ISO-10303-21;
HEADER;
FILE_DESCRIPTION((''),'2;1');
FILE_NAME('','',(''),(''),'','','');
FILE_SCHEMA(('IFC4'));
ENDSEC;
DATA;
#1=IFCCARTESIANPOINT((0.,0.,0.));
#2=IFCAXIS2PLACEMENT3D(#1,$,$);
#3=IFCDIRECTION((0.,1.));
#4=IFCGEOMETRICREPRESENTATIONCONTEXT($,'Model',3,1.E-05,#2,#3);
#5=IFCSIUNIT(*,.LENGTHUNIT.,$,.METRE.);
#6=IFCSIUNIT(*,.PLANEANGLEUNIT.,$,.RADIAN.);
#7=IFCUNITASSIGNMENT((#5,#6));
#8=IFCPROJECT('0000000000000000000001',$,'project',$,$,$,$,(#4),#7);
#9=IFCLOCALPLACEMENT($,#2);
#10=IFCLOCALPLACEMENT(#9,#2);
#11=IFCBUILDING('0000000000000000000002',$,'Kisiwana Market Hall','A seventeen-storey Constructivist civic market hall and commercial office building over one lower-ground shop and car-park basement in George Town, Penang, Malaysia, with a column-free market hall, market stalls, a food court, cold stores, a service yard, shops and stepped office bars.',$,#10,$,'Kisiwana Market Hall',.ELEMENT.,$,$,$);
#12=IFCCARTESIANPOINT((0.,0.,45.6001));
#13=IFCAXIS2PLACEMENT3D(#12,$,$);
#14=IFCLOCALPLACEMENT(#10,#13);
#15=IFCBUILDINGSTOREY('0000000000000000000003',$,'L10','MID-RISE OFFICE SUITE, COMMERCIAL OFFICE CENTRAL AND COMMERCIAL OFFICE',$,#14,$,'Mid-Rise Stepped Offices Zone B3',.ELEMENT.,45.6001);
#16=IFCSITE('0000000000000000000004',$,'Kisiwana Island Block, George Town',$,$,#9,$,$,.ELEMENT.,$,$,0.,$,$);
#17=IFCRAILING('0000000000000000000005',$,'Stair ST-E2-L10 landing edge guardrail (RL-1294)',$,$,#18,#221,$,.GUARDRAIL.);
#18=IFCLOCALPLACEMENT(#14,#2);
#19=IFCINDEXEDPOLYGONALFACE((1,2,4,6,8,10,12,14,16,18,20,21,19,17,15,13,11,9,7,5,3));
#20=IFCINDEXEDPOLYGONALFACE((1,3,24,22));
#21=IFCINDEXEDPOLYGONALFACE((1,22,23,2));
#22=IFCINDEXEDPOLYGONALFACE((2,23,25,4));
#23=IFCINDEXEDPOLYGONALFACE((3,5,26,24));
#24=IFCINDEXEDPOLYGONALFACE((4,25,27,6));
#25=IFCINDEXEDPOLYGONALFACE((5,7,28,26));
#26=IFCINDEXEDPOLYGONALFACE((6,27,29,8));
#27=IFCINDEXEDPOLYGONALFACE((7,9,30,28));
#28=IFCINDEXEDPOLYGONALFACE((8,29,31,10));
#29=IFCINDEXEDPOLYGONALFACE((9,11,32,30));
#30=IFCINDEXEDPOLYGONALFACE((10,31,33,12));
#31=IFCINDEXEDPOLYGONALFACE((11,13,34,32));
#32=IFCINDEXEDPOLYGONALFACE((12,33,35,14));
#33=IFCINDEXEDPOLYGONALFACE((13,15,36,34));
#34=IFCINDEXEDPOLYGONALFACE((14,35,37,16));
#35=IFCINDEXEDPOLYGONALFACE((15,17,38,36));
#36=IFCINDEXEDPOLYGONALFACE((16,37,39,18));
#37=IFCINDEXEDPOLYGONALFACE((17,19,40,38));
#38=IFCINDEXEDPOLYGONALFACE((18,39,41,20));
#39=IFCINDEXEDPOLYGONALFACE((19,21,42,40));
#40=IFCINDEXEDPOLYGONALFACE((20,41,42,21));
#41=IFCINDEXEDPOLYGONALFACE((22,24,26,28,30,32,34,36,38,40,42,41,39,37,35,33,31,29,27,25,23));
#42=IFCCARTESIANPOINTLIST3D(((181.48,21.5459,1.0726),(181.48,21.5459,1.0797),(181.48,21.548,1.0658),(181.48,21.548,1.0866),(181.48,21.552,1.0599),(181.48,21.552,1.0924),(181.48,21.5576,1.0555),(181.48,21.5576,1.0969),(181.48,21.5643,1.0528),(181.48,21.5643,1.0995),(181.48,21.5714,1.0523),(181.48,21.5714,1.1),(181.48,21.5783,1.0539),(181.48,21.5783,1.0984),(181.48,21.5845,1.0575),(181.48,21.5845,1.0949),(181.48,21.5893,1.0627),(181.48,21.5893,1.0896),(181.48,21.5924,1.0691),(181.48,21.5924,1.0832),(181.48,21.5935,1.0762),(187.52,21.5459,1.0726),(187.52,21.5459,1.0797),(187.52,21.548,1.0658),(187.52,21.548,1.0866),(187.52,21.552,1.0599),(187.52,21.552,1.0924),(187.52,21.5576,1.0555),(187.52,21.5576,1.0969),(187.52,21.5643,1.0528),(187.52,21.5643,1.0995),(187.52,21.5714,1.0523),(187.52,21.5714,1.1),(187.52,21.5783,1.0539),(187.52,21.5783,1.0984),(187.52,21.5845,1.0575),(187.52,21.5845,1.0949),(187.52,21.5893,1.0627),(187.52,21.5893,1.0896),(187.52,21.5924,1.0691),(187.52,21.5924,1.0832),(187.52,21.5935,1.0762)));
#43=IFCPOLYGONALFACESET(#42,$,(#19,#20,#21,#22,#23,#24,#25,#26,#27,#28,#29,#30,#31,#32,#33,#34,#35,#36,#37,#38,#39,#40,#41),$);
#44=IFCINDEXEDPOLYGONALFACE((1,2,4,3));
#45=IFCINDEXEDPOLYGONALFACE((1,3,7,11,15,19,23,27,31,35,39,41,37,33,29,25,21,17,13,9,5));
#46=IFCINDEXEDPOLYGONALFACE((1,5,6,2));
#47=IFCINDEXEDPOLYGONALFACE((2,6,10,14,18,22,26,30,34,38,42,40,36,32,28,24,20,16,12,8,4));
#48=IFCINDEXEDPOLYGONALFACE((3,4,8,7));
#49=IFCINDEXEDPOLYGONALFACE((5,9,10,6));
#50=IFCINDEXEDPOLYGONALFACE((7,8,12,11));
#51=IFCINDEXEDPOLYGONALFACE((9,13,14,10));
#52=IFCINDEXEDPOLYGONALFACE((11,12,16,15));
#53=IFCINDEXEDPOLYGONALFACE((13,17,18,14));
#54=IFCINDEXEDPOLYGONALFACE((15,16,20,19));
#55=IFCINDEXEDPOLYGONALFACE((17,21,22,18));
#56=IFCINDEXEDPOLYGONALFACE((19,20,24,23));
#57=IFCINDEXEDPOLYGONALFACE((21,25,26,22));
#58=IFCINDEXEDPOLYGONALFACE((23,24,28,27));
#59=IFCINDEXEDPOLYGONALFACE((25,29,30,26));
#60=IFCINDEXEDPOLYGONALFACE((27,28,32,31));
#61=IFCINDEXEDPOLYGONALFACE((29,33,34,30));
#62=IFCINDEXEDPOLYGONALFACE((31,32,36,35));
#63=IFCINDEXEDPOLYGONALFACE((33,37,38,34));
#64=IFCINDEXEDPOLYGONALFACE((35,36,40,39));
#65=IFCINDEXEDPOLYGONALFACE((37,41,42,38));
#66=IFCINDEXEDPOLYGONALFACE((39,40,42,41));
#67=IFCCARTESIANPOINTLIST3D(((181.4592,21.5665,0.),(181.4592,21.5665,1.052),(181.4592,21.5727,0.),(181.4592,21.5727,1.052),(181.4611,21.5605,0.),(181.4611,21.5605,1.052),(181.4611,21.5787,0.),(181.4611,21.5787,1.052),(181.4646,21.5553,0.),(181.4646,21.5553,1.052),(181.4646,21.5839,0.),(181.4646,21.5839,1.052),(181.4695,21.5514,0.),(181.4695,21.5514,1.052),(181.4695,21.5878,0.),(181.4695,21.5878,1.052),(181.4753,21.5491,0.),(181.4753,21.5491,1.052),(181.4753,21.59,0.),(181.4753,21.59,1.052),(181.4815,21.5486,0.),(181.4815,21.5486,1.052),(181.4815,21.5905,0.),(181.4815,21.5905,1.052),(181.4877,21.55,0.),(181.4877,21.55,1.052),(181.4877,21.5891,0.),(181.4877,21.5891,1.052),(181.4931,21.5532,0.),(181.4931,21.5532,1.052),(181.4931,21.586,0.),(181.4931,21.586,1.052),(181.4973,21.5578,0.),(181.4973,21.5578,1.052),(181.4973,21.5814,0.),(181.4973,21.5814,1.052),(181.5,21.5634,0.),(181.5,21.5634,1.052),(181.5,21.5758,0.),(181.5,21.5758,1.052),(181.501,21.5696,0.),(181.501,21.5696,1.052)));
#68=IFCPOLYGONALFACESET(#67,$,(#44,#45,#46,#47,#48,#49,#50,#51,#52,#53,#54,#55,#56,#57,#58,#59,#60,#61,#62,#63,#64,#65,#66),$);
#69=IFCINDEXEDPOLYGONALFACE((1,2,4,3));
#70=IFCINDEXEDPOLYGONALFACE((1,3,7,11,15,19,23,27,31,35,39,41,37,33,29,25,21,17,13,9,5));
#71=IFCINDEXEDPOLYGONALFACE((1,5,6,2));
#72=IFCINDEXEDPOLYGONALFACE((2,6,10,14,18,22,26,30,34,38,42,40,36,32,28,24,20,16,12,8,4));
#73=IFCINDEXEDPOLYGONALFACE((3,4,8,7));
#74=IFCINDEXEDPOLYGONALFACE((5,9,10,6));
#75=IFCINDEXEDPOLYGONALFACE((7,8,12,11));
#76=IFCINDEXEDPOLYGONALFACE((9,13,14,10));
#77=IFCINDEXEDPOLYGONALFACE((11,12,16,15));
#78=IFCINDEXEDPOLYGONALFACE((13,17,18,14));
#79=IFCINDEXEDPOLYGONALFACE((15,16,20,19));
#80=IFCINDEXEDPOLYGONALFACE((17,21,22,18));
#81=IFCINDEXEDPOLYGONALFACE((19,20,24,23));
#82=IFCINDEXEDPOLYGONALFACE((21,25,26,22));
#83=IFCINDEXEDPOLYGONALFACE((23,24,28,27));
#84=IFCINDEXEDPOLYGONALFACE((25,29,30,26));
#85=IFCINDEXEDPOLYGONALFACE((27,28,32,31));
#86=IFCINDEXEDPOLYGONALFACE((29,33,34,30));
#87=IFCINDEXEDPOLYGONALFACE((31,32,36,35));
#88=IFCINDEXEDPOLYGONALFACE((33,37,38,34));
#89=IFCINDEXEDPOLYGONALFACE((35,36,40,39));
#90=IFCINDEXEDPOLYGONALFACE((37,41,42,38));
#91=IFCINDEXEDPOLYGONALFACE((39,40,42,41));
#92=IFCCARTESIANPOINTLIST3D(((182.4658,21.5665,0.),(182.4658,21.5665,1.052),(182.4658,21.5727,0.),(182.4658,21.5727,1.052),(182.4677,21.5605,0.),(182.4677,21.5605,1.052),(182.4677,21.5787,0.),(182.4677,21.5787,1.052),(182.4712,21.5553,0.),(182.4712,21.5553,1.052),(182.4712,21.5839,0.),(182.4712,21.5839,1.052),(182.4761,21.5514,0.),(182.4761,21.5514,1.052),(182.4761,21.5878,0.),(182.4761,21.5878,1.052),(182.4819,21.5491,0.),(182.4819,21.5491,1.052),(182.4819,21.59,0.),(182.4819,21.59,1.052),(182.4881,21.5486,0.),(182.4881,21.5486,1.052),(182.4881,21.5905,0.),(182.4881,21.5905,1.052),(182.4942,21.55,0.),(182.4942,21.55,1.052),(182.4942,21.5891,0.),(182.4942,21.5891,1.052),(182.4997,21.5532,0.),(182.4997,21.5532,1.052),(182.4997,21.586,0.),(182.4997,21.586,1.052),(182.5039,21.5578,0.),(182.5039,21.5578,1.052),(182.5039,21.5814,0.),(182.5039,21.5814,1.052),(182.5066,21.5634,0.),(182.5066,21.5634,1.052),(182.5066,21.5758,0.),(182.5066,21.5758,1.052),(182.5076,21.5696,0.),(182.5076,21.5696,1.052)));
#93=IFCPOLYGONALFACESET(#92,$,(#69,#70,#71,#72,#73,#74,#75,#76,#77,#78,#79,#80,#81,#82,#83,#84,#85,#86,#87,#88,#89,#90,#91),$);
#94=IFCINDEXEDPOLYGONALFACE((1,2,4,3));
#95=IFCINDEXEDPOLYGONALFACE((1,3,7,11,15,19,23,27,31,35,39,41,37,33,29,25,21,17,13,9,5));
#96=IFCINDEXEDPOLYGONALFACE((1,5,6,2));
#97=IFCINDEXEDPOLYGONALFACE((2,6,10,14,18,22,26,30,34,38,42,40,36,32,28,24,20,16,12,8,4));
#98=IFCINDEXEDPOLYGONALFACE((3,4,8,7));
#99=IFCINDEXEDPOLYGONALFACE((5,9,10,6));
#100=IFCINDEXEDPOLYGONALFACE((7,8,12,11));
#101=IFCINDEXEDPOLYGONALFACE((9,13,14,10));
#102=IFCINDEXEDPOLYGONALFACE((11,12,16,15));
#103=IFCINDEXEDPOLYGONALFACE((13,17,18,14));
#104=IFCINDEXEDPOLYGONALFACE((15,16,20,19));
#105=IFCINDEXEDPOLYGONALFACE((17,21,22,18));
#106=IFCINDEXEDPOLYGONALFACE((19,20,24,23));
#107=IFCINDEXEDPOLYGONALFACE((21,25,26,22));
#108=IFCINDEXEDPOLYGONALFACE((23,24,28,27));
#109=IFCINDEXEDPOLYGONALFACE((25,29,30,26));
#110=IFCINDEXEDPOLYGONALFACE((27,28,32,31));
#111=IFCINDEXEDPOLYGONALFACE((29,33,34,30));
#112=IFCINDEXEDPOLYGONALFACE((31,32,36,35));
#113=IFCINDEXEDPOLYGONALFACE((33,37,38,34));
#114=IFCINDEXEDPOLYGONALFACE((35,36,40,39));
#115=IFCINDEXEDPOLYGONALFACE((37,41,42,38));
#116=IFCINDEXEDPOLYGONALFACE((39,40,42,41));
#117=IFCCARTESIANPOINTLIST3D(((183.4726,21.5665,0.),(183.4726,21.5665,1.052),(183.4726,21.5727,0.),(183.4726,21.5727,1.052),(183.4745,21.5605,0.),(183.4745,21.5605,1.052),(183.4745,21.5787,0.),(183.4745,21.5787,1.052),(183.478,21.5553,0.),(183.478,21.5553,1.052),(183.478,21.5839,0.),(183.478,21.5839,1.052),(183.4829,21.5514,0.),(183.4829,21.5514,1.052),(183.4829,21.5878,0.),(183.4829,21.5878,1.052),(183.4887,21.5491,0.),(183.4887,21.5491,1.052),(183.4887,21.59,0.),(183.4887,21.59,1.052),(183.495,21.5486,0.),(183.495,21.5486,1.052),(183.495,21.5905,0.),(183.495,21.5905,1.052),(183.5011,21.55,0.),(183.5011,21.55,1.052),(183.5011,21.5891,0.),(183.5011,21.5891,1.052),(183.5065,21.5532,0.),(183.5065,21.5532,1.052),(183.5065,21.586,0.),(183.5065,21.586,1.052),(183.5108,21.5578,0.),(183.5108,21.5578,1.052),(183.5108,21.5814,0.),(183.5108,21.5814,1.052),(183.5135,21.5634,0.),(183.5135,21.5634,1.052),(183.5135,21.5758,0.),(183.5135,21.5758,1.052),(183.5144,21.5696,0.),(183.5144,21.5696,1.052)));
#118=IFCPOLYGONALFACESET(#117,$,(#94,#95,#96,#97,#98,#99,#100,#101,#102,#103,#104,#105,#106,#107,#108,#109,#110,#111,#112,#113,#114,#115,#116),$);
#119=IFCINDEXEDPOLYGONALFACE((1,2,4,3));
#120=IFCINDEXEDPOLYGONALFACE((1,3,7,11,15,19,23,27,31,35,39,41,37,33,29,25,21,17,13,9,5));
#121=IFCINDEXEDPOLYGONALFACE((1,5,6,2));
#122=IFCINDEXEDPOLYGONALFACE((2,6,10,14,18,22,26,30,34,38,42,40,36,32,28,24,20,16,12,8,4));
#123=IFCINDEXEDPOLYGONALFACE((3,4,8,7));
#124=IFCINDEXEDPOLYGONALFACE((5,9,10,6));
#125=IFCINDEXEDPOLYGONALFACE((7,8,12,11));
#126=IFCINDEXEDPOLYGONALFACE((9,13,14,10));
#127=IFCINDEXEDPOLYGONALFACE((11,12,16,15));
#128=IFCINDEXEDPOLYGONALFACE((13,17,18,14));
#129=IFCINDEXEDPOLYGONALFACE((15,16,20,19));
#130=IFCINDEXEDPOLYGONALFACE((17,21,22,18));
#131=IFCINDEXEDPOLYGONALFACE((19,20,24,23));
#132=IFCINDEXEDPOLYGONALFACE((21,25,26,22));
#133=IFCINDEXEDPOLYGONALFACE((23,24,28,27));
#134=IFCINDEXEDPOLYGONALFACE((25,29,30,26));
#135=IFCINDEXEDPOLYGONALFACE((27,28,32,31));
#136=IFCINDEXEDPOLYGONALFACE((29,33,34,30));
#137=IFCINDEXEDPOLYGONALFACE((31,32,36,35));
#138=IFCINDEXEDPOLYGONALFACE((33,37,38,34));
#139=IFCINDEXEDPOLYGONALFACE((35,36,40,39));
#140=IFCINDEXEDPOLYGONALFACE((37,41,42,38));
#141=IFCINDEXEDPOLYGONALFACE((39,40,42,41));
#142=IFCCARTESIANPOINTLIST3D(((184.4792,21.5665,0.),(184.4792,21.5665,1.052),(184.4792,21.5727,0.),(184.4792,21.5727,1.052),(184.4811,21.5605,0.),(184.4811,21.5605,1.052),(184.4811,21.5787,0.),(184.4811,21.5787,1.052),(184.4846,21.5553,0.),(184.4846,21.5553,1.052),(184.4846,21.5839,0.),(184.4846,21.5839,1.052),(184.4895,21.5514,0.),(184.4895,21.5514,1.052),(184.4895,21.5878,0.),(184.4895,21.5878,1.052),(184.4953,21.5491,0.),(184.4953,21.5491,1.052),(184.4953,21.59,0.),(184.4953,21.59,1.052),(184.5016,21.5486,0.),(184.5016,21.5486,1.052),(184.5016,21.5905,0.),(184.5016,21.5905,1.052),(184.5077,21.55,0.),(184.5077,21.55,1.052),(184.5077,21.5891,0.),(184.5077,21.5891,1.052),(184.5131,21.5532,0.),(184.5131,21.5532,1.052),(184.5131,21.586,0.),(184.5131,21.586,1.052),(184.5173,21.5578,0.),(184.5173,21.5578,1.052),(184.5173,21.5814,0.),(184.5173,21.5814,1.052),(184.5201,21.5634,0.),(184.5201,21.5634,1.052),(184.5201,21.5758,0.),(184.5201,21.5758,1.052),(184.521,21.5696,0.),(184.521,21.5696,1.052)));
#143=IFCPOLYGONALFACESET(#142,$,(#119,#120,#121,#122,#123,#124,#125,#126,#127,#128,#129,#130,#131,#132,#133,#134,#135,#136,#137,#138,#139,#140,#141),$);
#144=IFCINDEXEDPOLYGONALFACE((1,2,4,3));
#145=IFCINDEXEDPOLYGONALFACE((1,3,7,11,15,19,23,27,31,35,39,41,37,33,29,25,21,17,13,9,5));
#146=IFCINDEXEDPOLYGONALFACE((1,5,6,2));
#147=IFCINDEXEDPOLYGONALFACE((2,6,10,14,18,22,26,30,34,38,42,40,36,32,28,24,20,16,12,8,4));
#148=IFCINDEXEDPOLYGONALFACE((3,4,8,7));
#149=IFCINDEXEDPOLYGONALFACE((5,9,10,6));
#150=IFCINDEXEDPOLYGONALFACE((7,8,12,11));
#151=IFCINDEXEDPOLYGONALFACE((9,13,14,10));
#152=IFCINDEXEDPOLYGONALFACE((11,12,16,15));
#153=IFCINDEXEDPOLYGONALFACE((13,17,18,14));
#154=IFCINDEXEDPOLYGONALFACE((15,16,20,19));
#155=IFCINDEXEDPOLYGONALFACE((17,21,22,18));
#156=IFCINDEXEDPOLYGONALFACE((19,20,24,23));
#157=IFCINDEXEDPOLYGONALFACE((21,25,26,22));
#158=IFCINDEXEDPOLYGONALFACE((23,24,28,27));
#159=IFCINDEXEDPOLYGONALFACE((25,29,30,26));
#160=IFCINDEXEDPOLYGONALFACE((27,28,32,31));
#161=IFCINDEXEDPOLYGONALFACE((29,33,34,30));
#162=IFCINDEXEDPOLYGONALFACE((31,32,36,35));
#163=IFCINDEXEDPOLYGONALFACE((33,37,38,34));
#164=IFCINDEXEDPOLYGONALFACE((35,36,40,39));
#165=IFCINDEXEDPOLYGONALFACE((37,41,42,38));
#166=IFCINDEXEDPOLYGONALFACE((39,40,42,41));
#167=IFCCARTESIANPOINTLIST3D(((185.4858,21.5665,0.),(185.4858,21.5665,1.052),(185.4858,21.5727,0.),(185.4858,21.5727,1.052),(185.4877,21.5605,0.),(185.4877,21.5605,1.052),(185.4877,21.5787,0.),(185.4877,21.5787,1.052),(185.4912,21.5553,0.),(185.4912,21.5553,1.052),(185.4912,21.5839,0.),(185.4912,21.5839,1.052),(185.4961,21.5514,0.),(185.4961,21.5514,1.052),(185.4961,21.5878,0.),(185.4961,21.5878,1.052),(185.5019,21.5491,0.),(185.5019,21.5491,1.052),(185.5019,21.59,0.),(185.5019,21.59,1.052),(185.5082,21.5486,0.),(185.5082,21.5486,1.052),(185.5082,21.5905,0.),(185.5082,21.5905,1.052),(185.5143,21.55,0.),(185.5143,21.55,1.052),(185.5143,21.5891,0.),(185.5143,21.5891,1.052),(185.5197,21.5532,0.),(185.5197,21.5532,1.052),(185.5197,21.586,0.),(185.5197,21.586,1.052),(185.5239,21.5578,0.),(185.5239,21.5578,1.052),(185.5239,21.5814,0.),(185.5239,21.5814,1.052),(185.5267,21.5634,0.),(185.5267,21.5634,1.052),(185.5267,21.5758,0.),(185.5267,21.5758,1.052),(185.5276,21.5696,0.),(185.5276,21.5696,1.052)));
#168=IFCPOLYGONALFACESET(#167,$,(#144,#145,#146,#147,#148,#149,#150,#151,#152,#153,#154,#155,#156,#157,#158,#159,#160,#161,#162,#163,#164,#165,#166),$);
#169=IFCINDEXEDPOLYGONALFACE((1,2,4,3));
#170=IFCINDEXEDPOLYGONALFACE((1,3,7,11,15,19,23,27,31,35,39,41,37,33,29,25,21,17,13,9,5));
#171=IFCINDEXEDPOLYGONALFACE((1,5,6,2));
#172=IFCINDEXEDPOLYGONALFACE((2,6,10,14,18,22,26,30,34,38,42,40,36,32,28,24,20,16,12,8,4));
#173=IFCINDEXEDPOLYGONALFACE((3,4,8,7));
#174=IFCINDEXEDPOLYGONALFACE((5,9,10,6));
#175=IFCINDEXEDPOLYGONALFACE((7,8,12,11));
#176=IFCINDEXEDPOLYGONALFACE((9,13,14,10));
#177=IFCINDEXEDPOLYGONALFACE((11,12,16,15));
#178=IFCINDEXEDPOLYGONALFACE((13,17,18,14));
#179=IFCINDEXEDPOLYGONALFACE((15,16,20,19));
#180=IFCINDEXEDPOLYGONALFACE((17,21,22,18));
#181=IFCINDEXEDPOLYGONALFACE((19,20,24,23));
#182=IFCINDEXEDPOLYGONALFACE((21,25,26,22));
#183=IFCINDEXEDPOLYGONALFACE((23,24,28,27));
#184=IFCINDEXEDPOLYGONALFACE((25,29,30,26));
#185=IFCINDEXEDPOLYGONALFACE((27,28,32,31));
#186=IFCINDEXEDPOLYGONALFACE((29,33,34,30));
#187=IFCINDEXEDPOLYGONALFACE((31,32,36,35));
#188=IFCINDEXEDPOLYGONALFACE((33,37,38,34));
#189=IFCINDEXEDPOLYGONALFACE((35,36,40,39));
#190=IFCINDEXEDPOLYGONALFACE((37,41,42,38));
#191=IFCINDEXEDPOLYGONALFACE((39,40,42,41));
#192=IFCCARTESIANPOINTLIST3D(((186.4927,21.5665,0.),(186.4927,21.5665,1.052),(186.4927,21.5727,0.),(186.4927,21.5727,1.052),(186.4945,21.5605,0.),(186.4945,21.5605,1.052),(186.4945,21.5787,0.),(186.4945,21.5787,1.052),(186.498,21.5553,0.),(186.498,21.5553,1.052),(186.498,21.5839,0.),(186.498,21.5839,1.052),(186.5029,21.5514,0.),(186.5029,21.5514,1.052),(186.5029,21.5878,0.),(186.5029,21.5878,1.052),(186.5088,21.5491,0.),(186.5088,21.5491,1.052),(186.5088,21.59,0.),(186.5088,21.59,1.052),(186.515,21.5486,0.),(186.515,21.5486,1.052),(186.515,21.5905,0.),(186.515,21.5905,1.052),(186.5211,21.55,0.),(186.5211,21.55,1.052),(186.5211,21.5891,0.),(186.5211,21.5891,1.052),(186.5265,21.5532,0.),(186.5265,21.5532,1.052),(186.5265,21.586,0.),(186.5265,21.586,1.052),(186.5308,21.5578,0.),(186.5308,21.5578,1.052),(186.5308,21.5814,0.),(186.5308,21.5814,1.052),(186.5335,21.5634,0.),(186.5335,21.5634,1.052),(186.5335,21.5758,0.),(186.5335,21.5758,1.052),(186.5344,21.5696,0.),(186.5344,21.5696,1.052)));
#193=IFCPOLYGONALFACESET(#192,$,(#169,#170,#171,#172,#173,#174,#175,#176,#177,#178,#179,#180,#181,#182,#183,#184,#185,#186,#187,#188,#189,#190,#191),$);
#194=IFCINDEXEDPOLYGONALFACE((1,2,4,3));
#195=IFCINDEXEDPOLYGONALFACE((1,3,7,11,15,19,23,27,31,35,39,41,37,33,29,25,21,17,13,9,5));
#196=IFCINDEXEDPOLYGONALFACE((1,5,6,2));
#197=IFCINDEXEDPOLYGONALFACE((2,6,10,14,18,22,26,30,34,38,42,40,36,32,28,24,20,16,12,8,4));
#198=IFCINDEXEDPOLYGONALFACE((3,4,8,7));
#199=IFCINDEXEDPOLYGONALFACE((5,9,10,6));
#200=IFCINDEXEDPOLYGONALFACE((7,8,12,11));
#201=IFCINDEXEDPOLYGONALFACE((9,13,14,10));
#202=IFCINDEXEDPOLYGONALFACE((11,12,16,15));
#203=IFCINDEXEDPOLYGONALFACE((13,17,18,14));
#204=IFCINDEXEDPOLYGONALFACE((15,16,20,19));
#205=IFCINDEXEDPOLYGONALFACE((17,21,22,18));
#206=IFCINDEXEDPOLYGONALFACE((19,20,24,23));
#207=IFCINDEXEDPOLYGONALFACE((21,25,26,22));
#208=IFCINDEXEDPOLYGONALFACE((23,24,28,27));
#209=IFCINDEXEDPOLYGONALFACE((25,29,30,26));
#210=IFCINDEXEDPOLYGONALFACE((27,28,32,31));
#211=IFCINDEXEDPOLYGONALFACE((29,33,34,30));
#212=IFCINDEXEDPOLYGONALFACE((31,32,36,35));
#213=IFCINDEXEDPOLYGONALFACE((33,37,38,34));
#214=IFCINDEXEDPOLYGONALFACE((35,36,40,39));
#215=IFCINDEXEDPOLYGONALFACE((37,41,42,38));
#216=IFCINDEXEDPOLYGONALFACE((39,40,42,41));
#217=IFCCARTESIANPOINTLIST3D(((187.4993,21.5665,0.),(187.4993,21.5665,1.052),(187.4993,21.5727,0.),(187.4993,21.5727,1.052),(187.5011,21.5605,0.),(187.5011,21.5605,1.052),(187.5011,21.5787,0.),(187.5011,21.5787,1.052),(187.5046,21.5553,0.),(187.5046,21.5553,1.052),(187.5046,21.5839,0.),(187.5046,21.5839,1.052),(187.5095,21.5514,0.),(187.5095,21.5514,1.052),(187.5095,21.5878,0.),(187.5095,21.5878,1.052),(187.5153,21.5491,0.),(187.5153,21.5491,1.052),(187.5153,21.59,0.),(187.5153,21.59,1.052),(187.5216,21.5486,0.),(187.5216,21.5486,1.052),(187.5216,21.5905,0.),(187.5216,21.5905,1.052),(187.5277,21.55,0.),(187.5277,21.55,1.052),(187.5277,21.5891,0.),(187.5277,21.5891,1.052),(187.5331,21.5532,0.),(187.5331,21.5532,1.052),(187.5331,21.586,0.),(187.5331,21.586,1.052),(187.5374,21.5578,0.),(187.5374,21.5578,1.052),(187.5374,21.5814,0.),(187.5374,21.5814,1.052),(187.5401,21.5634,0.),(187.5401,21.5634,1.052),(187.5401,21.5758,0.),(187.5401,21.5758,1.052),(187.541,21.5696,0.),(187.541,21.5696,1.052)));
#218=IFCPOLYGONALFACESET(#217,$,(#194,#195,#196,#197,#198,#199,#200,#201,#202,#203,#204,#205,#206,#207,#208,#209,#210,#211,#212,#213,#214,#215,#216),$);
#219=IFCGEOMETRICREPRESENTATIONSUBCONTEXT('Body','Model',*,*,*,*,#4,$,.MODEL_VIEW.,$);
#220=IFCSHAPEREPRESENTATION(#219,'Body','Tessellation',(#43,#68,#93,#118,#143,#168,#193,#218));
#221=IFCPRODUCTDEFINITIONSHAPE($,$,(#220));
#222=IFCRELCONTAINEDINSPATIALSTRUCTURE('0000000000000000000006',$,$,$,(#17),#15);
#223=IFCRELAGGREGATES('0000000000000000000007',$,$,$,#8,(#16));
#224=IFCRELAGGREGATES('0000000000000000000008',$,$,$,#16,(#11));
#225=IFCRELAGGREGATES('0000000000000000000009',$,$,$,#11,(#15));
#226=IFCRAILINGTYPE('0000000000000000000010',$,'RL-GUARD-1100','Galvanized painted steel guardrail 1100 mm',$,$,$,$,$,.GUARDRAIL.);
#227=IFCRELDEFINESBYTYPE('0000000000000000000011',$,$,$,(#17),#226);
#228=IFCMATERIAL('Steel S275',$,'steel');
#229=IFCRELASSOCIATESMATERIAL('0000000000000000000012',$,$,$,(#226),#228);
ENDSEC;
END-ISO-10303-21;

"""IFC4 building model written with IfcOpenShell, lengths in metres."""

from ifc_helpers import new_model, si_unit, direction, frame, origin, origin_2d, place, context, subcontext, project, spatial, circle, extrude, material, type_object, element, save


model = new_model("IFC4")

# Units and contexts
model_context = context("Model", 3, precision=1e-05, world=origin(), true_north=direction((0.0, 1.0)))
body_context = subcontext(model_context, "Body", "Model", "MODEL_VIEW")
ifc_project = project(units=[si_unit("LENGTHUNIT", "METRE"), si_unit("PLANEANGLEUNIT", "RADIAN")], contexts=[model_context])

# Site, building, storey
site_placement = place(None, origin())
site = spatial("IfcSite", under=ifc_project, at=site_placement, Name="Kisiwana Island Block, George Town", CompositionType="ELEMENT", RefElevation=0.0)
building_placement = place(site_placement, origin())
building = spatial("IfcBuilding", under=site, at=building_placement, Name="Kisiwana Market Hall", Description="A seventeen-storey Constructivist civic market hall and commercial office building over one lower-ground shop and car-park basement in George Town, Penang, Malaysia, with a column-free market hall, market stalls, a food court, cold stores, a service yard, shops and stepped office bars.", LongName="Kisiwana Market Hall", CompositionType="ELEMENT")
storey_placement = place(building_placement, frame((0.0, 0.0, 45.6001)))
storey = spatial("IfcBuildingStorey", under=building, at=storey_placement, Name="L10", Description="MID-RISE OFFICE SUITE, COMMERCIAL OFFICE CENTRAL AND COMMERCIAL OFFICE", LongName="Mid-Rise Stepped Offices Zone B3", CompositionType="ELEMENT", Elevation=45.6001)

# Railing
ifc_material_1 = material(Name="Steel S275", Category="steel")
railing_type_1 = type_object("IfcRailingType", Name="RL-GUARD-1100", Description="Galvanized painted steel guardrail 1100 mm", PredefinedType="GUARDRAIL", material=ifc_material_1)
railing_1_placement = place(storey_placement, frame((181.48, 21.5696, 0.0)))
element("IfcRailing", 1, at=railing_1_placement, inside=storey, type_object=railing_type_1, Name="Stair ST-E2-L10 landing edge guardrail (RL-1294)", PredefinedType="GUARDRAIL", context=body_context, shape_type="SweptSolid", body=[
    extrude(circle(Radius=0.0239, at=origin_2d()), frame((0.0, 0.0, 1.0762), z_axis=(1.0, 0.0, 0.0), x_axis=(0.0, 1.0, 0.0)), (0.0, 0.0, 1.0), 6.04),
    extrude(circle(Radius=0.021, at=origin_2d()), origin(), (0.0, 0.0, 1.0), 1.052),
    extrude(circle(Radius=0.021, at=origin_2d()), frame((1.0066, 0.0, 0.0)), (0.0, 0.0, 1.0), 1.052),
    extrude(circle(Radius=0.021, at=origin_2d()), frame((2.0134, 0.0, 0.0)), (0.0, 0.0, 1.0), 1.052),
    extrude(circle(Radius=0.021, at=origin_2d()), frame((3.02, 0.0, 0.0)), (0.0, 0.0, 1.0), 1.052),
    extrude(circle(Radius=0.021, at=origin_2d()), frame((4.0266, 0.0, 0.0)), (0.0, 0.0, 1.0), 1.052),
    extrude(circle(Radius=0.021, at=origin_2d()), frame((5.0334, 0.0, 0.0)), (0.0, 0.0, 1.0), 1.052),
    extrude(circle(Radius=0.021, at=origin_2d()), frame((6.04, 0.0, 0.0)), (0.0, 0.0, 1.0), 1.052),
])

save(model, "model.ifc")
